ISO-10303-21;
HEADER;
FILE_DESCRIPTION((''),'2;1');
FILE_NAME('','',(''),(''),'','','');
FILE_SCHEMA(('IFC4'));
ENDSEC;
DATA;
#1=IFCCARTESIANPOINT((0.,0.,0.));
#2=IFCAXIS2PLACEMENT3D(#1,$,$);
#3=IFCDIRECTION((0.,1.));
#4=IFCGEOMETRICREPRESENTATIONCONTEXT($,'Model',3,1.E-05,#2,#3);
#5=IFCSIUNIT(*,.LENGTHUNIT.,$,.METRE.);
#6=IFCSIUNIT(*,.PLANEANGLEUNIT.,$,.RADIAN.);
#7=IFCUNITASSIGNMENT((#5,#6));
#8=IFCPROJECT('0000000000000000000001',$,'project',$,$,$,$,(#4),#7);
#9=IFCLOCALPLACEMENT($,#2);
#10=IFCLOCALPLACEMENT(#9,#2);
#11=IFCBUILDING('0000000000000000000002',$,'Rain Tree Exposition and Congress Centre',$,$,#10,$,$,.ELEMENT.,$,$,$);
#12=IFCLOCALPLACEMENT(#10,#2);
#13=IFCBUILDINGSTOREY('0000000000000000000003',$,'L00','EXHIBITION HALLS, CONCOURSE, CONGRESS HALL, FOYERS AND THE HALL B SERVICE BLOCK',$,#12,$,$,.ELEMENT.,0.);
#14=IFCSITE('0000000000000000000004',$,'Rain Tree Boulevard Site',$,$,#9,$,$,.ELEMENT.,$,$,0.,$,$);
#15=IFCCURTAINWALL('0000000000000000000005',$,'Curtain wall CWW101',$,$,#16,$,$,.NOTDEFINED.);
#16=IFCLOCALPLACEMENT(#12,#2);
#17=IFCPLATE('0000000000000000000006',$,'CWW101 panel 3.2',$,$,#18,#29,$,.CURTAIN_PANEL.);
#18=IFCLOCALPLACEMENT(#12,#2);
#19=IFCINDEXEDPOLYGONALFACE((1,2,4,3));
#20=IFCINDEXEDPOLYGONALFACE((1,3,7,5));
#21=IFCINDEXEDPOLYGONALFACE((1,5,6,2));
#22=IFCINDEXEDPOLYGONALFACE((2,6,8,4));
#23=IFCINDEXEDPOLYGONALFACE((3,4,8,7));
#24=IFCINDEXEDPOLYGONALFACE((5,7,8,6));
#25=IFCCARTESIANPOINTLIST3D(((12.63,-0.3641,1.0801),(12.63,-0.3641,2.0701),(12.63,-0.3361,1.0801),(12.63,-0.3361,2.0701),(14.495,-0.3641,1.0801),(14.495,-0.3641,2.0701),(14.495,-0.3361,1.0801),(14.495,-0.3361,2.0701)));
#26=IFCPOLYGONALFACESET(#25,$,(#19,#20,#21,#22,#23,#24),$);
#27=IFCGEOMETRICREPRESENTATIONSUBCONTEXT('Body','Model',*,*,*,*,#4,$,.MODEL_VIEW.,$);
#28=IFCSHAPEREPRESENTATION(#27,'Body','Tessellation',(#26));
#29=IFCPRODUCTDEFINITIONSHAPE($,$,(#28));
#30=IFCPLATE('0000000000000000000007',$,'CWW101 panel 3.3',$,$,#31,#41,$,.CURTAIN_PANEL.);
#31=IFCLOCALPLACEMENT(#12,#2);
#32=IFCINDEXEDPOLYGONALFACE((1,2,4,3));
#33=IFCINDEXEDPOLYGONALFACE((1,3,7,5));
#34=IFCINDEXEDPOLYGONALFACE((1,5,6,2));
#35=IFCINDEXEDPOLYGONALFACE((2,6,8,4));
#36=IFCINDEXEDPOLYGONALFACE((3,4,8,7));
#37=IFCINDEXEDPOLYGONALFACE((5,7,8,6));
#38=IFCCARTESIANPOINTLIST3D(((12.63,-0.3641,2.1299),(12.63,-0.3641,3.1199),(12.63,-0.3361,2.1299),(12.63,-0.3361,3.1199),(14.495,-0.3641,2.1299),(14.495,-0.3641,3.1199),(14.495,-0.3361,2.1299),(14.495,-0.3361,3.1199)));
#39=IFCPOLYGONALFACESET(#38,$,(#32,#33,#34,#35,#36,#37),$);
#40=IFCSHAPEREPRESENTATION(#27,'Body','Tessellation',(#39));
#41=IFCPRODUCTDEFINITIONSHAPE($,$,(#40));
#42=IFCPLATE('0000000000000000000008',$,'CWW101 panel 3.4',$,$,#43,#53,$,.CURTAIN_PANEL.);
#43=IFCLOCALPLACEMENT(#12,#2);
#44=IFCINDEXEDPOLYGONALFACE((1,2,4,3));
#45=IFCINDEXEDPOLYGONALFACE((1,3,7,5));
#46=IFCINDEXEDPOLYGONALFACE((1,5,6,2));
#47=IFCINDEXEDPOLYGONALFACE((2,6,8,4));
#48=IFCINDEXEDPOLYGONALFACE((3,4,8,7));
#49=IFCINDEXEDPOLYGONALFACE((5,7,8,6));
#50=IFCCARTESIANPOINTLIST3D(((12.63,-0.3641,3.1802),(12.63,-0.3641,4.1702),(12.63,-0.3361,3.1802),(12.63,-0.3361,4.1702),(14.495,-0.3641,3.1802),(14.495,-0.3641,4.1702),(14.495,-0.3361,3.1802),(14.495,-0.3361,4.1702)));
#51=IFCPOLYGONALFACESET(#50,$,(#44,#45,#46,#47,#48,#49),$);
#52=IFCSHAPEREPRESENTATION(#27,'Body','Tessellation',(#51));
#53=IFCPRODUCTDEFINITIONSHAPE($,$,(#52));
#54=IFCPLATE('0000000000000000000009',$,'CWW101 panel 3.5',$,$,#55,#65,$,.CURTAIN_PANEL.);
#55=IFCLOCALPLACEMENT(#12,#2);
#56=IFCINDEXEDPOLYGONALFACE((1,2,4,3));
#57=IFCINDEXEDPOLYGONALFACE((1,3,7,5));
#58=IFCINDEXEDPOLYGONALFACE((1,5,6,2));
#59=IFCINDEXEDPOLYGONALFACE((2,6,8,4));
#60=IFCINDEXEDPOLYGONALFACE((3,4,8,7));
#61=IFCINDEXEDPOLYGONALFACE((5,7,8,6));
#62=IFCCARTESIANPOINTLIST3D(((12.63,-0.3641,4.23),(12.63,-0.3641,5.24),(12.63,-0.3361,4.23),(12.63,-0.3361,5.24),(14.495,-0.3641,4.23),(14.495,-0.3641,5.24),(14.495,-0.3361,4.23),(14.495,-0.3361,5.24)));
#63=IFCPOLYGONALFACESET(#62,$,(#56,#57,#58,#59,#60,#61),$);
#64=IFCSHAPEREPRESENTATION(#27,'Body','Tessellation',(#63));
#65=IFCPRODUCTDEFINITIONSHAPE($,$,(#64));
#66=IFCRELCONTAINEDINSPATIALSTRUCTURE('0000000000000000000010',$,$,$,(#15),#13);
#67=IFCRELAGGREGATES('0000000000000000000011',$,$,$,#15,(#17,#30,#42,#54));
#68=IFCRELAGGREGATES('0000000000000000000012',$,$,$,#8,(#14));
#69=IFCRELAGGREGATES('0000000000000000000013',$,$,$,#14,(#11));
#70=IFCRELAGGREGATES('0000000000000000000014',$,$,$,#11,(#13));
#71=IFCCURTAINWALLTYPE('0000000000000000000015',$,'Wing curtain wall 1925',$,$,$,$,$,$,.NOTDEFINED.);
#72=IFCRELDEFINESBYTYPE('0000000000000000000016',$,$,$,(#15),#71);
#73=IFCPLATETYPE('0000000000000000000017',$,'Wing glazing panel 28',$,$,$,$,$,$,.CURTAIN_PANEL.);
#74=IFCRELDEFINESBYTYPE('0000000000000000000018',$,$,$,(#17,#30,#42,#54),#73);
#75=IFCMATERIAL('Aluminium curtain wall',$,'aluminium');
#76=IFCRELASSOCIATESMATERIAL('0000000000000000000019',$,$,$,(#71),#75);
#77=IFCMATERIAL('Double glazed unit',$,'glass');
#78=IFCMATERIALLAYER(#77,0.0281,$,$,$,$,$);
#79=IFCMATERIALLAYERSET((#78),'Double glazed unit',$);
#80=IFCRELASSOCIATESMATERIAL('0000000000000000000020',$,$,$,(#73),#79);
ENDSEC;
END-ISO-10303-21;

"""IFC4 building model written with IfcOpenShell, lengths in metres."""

from ifc_helpers import new_model, si_unit, direction, frame, origin, origin_2d, place, context, subcontext, project, spatial, rectangle, extrude, material, layer, layer_set, type_object, element, aggregate, save


model = new_model("IFC4")

# Units and contexts
model_context = context("Model", 3, precision=1e-05, world=origin(), true_north=direction((0.0, 1.0)))
body_context = subcontext(model_context, "Body", "Model", "MODEL_VIEW")
ifc_project = project(units=[si_unit("LENGTHUNIT", "METRE"), si_unit("PLANEANGLEUNIT", "RADIAN")], contexts=[model_context])

# Site, building, storey
site_placement = place(None, origin())
site = spatial("IfcSite", under=ifc_project, at=site_placement, Name="Rain Tree Boulevard Site", CompositionType="ELEMENT", RefElevation=0.0)
building_placement = place(site_placement, origin())
building = spatial("IfcBuilding", under=site, at=building_placement, Name="Rain Tree Exposition and Congress Centre", CompositionType="ELEMENT")
storey_placement = place(building_placement, origin())
storey = spatial("IfcBuildingStorey", under=building, at=storey_placement, Name="L00", Description="EXHIBITION HALLS, CONCOURSE, CONGRESS HALL, FOYERS AND THE HALL B SERVICE BLOCK", CompositionType="ELEMENT", Elevation=0.0)

# Curtain wall, plates
ifc_material_1 = material(Name="Aluminium curtain wall", Category="aluminium")
curtain_wall_type = type_object("IfcCurtainWallType", Name="Wing curtain wall 1925", PredefinedType="NOTDEFINED", material=ifc_material_1)
curtain_wall_placement = place(storey_placement, origin())
curtain_wall = element("IfcCurtainWall", 1, at=curtain_wall_placement, inside=storey, type_object=curtain_wall_type, Name="Curtain wall CWW101", PredefinedType="NOTDEFINED")
ifc_material_2 = material(Name="Double glazed unit", Category="glass")
ifc_layer = layer(ifc_material_2, 0.0281)
ifc_layer_set = layer_set([ifc_layer], Name="Double glazed unit")
plate_type = type_object("IfcPlateType", Name="Wing glazing panel 28", PredefinedType="CURTAIN_PANEL", material=ifc_layer_set)
plate_1_placement = place(storey_placement, frame((13.5625, -0.3501, 1.0801), z_axis=(0.0, 0.0, 1.0), x_axis=(1.0, 0.0, 0.0)))
plate_1 = element("IfcPlate", 2, at=plate_1_placement, type_object=plate_type, Name="CWW101 panel 3.2", PredefinedType="CURTAIN_PANEL", context=body_context, shape_type="SweptSolid", body=[
    extrude(rectangle(XDim=1.865, YDim=0.0281, at=origin_2d()), origin(), (0.0, 0.0, 1.0), 0.99),
])
plate_2_placement = place(storey_placement, frame((13.5625, -0.3501, 2.1299), z_axis=(0.0, 0.0, 1.0), x_axis=(1.0, 0.0, 0.0)))
plate_2 = element("IfcPlate", 3, at=plate_2_placement, type_object=plate_type, Name="CWW101 panel 3.3", PredefinedType="CURTAIN_PANEL", context=body_context, shape_type="SweptSolid", body=[
    extrude(rectangle(XDim=1.865, YDim=0.0281, at=origin_2d()), origin(), (0.0, 0.0, 1.0), 0.99),
])
plate_3_placement = place(storey_placement, frame((13.5625, -0.3501, 3.1802), z_axis=(0.0, 0.0, 1.0), x_axis=(1.0, 0.0, 0.0)))
plate_3 = element("IfcPlate", 4, at=plate_3_placement, type_object=plate_type, Name="CWW101 panel 3.4", PredefinedType="CURTAIN_PANEL", context=body_context, shape_type="SweptSolid", body=[
    extrude(rectangle(XDim=1.865, YDim=0.0281, at=origin_2d()), origin(), (0.0, 0.0, 1.0), 0.99),
])
plate_4_placement = place(storey_placement, frame((13.5625, -0.3501, 4.23), z_axis=(0.0, 0.0, 1.0), x_axis=(1.0, 0.0, 0.0)))
plate_4 = element("IfcPlate", 5, at=plate_4_placement, type_object=plate_type, Name="CWW101 panel 3.5", PredefinedType="CURTAIN_PANEL", context=body_context, shape_type="SweptSolid", body=[
    extrude(rectangle(XDim=1.865, YDim=0.0281, at=origin_2d()), origin(), (0.0, 0.0, 1.0), 1.01),
])
aggregate(curtain_wall, [plate_1, plate_2, plate_3, plate_4])

save(model, "model.ifc")
